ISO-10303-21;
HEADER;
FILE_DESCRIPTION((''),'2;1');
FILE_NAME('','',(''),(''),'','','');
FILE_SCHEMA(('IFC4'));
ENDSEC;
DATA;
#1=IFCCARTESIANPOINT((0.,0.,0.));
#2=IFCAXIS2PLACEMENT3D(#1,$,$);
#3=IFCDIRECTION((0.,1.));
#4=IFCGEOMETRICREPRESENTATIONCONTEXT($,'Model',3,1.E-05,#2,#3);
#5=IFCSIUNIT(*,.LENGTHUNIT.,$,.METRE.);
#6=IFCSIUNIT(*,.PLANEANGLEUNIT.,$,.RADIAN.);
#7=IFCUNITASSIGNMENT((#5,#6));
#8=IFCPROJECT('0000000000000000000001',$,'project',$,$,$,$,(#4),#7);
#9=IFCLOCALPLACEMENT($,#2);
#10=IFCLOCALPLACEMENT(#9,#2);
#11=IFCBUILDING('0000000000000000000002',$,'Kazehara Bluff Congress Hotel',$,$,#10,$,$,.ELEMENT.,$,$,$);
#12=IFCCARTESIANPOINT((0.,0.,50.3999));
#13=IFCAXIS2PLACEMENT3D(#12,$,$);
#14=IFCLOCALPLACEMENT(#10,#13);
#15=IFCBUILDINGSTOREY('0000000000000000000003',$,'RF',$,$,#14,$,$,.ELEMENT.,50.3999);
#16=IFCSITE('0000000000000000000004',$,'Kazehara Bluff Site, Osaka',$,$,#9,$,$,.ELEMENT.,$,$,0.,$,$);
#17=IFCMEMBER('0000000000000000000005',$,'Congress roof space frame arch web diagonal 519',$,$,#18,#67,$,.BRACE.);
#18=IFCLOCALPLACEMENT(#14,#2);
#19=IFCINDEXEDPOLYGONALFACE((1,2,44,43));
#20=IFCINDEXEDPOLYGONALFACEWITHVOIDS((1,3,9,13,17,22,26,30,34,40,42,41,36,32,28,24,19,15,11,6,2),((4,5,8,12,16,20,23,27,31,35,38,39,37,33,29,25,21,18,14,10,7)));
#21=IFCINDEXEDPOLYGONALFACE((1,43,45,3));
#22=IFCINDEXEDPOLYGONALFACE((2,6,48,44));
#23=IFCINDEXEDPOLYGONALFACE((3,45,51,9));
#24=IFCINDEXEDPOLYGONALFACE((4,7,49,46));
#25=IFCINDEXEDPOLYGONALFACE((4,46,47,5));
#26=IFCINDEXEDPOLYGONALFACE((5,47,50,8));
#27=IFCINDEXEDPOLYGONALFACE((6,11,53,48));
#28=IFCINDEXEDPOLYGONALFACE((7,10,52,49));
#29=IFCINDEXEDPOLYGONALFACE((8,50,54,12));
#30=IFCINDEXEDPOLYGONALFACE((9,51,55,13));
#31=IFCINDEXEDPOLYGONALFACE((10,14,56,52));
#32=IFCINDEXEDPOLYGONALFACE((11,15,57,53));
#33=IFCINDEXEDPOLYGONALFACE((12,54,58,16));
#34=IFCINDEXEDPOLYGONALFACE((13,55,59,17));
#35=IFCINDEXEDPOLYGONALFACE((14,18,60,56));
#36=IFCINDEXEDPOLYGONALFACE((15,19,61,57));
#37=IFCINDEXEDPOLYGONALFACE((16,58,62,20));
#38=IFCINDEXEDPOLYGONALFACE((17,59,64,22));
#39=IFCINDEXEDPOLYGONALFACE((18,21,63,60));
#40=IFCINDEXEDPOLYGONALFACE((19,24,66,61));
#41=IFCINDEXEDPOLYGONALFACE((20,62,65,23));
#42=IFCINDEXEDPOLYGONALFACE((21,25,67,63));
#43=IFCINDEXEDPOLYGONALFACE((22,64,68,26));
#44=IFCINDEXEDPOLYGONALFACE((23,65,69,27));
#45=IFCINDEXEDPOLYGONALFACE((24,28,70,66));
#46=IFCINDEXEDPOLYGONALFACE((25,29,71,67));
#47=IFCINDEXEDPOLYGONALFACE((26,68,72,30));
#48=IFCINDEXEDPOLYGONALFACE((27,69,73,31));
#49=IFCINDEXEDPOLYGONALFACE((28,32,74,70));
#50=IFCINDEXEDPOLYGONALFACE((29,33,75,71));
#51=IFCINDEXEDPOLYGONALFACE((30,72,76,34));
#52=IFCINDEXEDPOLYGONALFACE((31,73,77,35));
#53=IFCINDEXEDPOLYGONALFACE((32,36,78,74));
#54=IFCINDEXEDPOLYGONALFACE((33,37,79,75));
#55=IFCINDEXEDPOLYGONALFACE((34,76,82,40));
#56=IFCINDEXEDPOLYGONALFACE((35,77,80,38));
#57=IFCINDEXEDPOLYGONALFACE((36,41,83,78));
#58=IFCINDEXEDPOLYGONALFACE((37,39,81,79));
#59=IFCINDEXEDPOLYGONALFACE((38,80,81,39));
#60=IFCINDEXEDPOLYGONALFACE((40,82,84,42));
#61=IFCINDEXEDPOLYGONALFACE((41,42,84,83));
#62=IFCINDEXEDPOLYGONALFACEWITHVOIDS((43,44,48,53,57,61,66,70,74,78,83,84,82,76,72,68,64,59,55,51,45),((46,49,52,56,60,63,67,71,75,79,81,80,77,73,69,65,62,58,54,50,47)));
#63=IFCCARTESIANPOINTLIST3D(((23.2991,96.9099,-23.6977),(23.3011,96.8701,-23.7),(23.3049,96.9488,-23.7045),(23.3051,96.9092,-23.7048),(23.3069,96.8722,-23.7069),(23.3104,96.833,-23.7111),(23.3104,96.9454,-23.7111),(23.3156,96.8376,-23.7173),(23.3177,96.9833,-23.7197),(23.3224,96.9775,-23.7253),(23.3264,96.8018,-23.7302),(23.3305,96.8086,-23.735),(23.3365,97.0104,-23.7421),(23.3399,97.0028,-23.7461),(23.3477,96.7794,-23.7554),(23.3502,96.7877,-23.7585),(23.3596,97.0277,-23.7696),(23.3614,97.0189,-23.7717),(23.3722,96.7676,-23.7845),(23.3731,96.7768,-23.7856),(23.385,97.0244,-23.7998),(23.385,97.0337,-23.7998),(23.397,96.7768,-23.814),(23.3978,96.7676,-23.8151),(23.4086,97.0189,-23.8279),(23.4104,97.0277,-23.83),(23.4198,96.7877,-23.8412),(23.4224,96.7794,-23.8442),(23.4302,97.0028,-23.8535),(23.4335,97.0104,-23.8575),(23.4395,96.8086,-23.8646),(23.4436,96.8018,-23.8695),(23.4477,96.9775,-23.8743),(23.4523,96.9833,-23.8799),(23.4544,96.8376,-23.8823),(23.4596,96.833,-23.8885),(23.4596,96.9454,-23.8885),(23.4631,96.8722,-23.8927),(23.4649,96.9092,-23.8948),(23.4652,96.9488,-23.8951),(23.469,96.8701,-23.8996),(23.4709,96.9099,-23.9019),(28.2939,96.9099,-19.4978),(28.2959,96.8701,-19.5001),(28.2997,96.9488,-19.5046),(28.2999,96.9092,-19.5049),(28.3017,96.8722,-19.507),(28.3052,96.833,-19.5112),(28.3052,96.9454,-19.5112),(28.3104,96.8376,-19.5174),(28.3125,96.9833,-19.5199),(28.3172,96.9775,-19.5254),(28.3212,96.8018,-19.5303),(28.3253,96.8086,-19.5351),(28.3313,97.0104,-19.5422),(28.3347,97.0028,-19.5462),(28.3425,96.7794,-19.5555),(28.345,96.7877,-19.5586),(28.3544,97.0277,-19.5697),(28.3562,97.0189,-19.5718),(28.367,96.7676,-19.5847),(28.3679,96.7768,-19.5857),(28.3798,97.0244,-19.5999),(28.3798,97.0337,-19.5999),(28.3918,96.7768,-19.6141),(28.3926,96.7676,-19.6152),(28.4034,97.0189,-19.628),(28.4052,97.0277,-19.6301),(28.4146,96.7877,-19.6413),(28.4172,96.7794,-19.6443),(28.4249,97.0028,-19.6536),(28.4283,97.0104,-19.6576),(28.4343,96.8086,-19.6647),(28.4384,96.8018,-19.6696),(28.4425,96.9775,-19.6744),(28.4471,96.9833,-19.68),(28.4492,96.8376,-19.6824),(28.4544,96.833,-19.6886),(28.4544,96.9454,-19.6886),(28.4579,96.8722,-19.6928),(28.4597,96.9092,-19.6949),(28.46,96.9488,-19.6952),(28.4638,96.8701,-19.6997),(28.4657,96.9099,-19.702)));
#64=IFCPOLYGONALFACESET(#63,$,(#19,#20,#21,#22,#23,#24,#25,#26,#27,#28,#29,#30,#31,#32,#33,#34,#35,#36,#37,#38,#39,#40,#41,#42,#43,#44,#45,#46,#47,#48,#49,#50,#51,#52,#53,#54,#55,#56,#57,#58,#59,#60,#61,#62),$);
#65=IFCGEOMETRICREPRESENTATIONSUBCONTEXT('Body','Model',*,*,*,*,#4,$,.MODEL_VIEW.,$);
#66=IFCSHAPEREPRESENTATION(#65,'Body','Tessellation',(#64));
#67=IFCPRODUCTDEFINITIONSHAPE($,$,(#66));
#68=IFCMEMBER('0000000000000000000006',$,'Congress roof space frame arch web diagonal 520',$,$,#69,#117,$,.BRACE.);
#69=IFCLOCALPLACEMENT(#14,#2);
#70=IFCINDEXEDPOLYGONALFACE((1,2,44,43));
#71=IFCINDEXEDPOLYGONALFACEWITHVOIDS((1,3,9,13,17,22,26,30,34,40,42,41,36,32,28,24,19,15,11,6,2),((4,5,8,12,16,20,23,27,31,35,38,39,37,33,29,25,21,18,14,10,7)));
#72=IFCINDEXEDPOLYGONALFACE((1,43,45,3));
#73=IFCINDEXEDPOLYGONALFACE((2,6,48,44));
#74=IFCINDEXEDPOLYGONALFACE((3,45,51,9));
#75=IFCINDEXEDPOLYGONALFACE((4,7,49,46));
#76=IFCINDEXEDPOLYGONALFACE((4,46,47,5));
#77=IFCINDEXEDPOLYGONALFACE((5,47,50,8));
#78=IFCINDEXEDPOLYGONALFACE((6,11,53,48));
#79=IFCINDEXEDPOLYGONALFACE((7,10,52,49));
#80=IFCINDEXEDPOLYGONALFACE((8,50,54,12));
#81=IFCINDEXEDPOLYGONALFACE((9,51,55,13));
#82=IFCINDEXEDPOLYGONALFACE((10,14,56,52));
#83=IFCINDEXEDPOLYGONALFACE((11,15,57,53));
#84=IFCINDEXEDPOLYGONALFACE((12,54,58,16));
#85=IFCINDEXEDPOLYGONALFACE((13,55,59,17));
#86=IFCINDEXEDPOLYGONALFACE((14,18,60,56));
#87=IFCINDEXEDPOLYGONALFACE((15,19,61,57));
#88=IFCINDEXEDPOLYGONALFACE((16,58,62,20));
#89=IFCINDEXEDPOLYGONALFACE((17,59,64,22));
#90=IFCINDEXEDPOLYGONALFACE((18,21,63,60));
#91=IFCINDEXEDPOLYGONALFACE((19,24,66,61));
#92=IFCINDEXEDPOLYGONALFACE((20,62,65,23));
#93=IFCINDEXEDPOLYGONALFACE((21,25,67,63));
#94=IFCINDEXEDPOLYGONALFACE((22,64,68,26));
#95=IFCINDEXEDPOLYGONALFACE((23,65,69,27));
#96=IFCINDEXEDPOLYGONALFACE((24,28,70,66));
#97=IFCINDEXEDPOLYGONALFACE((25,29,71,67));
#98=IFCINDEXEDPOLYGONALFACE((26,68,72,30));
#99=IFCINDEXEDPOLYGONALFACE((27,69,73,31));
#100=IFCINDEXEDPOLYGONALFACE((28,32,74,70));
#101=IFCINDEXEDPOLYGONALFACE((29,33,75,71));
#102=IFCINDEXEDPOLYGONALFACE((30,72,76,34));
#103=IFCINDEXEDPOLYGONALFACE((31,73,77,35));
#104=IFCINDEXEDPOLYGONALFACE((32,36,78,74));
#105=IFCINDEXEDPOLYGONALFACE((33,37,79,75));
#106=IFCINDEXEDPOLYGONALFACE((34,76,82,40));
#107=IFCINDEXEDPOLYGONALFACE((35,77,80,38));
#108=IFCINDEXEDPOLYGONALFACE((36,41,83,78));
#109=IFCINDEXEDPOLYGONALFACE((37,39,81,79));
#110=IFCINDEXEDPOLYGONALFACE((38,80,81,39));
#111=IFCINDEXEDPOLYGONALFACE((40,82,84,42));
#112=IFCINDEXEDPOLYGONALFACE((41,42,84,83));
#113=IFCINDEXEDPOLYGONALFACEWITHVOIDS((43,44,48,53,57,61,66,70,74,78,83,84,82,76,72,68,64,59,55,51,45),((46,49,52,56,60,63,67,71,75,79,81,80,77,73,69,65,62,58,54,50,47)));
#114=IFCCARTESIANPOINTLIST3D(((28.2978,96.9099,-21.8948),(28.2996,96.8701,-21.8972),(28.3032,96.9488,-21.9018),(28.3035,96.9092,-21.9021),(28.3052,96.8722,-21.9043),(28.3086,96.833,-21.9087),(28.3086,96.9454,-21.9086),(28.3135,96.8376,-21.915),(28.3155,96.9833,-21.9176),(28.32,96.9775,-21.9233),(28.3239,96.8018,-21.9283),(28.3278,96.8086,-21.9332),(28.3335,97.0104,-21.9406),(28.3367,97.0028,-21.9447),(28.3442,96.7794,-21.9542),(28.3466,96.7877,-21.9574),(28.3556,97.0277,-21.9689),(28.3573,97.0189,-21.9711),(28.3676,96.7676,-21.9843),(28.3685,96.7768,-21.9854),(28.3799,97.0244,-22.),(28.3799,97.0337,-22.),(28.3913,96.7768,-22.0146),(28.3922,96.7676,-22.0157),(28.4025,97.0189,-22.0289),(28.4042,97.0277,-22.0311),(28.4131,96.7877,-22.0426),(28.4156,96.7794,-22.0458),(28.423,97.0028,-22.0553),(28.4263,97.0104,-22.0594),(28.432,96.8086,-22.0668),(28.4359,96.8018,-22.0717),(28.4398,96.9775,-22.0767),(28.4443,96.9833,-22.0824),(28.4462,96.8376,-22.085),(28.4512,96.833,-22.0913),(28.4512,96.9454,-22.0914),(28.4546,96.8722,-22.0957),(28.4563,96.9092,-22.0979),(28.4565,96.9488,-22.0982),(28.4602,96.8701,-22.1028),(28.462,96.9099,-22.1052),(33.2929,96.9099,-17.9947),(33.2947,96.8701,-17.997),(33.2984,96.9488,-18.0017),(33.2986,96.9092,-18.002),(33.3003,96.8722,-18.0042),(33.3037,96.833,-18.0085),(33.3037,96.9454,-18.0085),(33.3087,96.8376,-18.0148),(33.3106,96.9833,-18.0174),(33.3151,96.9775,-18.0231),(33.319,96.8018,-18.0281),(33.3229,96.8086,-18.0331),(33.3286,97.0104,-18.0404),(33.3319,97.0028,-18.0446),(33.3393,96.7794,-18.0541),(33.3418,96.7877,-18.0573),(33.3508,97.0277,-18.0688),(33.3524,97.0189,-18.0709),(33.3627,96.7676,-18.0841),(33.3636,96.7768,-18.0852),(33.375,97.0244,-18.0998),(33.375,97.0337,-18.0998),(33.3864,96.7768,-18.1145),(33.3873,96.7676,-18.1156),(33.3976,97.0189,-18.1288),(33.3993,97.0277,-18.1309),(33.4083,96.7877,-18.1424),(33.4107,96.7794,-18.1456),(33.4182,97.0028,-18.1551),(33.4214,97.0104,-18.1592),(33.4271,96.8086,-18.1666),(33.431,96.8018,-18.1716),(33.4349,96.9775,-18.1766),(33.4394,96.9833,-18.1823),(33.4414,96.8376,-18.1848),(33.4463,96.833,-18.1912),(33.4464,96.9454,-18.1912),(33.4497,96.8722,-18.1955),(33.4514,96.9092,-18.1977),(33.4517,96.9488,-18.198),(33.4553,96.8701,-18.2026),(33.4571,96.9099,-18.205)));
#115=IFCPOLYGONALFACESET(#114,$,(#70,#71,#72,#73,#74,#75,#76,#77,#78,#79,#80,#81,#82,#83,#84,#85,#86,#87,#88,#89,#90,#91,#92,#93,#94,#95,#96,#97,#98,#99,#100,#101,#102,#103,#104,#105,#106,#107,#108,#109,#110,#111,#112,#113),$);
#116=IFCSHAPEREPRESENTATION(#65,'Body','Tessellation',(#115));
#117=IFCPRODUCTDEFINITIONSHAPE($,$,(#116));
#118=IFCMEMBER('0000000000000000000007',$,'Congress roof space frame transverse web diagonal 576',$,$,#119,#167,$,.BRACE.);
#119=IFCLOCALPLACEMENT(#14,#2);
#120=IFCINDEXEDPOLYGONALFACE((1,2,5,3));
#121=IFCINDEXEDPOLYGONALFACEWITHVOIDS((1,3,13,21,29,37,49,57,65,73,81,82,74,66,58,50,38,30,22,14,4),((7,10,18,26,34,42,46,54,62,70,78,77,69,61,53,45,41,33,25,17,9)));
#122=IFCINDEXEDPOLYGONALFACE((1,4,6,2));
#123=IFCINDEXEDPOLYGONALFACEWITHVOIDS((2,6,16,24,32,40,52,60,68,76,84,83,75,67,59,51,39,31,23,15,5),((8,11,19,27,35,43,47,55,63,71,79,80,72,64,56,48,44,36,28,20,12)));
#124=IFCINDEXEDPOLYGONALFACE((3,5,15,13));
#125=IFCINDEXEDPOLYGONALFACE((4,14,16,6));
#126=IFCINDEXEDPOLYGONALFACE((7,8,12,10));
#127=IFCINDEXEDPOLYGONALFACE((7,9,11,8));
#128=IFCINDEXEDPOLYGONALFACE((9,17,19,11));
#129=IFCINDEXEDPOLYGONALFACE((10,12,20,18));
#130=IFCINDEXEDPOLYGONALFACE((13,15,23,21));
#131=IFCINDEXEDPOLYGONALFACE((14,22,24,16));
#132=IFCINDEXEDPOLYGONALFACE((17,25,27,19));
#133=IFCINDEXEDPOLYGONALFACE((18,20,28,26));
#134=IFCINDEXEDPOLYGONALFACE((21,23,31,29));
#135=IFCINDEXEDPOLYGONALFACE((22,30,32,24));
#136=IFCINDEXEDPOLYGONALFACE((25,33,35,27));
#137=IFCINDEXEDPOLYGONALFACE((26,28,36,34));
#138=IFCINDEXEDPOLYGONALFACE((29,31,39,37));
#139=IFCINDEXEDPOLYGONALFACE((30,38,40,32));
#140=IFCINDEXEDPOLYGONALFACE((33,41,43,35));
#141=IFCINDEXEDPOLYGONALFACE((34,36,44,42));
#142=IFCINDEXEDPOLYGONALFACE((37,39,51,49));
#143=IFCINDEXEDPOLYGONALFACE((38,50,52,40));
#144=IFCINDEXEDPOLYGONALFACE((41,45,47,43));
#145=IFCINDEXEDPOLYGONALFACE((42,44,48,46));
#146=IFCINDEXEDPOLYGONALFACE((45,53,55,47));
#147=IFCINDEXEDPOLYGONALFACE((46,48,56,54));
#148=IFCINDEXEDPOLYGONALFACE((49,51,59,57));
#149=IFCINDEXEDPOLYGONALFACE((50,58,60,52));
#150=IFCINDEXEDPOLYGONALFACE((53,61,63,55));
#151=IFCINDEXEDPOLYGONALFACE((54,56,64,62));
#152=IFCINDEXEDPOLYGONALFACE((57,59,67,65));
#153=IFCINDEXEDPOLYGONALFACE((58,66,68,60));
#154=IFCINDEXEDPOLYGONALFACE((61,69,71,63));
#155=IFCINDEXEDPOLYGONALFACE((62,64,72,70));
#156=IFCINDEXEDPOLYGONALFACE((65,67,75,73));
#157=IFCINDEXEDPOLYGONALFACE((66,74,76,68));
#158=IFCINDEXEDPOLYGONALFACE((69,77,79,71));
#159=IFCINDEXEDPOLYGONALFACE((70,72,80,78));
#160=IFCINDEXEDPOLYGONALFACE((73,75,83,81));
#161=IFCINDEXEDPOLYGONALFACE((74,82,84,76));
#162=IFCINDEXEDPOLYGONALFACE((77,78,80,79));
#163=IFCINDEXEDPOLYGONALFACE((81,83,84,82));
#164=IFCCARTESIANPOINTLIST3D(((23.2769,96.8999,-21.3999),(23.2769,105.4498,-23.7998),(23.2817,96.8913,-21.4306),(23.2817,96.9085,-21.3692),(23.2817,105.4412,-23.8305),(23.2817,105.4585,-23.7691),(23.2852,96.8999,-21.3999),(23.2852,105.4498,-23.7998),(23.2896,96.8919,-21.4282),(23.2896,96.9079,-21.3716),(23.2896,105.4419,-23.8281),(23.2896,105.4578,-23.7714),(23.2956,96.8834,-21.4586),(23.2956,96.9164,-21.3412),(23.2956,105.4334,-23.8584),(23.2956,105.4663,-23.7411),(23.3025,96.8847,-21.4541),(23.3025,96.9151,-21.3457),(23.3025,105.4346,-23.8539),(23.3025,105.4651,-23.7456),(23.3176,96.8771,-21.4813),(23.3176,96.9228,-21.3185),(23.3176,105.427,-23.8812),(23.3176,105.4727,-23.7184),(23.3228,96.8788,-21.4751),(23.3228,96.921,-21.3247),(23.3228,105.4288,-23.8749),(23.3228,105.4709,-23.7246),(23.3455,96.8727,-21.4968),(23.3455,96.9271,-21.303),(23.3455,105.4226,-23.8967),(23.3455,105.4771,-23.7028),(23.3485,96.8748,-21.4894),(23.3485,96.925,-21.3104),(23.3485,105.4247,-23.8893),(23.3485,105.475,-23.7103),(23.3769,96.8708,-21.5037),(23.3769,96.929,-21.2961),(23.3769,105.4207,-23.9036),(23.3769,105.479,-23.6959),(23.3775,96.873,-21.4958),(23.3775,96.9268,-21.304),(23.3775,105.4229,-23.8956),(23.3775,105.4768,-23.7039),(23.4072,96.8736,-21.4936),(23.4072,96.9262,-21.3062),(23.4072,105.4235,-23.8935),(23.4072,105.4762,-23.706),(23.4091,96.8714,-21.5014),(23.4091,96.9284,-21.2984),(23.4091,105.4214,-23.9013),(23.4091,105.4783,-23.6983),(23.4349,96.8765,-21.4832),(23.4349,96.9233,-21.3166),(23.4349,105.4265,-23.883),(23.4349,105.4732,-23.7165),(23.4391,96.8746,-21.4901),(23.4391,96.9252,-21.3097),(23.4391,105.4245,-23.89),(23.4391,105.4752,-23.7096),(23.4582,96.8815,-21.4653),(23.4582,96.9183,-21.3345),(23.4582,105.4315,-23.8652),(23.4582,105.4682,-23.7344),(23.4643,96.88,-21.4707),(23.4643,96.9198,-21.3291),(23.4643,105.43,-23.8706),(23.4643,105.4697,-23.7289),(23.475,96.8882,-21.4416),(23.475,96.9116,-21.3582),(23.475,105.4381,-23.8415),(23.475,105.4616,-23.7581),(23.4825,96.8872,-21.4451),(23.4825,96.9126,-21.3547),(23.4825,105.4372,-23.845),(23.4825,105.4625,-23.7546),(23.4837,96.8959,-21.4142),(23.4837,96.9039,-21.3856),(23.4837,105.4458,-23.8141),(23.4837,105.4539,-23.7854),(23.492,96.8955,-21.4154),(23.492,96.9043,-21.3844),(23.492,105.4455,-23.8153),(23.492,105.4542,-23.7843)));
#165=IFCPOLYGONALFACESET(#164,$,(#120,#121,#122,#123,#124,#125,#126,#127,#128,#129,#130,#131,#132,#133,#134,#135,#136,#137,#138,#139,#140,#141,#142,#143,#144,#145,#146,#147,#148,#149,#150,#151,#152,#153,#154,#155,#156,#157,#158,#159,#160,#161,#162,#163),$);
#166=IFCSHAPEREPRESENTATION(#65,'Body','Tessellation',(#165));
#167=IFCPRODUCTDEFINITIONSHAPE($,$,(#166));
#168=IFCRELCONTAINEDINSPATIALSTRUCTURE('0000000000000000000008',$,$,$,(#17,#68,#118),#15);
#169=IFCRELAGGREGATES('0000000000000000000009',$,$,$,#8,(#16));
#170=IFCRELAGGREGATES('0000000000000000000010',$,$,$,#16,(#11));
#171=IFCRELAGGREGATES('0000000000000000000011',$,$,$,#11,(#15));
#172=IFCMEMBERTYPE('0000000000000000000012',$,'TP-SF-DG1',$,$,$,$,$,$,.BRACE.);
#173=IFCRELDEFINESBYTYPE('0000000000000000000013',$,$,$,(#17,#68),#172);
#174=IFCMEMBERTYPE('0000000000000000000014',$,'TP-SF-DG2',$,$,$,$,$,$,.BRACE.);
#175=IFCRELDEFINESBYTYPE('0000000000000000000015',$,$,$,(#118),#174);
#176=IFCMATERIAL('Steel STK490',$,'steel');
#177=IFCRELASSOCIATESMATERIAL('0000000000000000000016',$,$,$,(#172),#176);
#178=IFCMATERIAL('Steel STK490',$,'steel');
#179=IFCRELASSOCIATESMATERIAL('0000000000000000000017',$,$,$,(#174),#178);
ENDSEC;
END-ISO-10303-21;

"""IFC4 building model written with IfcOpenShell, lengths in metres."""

from ifc_helpers import new_model, si_unit, direction, frame, origin, origin_2d, place, context, subcontext, project, spatial, hollow_circle, extrude, material, material_profile, profile_set, type_object, element, save


model = new_model("IFC4")

# Units and contexts
model_context = context("Model", 3, precision=1e-05, world=origin(), true_north=direction((0.0, 1.0)))
body_context = subcontext(model_context, "Body", "Model", "MODEL_VIEW")
ifc_project = project(units=[si_unit("LENGTHUNIT", "METRE"), si_unit("PLANEANGLEUNIT", "RADIAN")], contexts=[model_context])

# Site, building, storey
site_placement = place(None, origin())
site = spatial("IfcSite", under=ifc_project, at=site_placement, Name="Kazehara Bluff Site, Osaka", CompositionType="ELEMENT", RefElevation=0.0)
building_placement = place(site_placement, origin())
building = spatial("IfcBuilding", under=site, at=building_placement, Name="Kazehara Bluff Congress Hotel", CompositionType="ELEMENT")
storey_placement = place(building_placement, frame((0.0, 0.0, 50.3999)))
storey = spatial("IfcBuildingStorey", under=building, at=storey_placement, Name="RF", CompositionType="ELEMENT", Elevation=50.3999)

# Members
ifc_material_1 = material(Name="Steel STK490", Category="steel")
ifc_material_profile_1 = material_profile(ifc_material_1, hollow_circle(Radius=0.1338, WallThickness=0.0093, at=origin_2d()))
ifc_profile_set_1 = profile_set([ifc_material_profile_1], Name="Steel STK490")
member_type_1 = type_object("IfcMemberType", Name="TP-SF-DG1", PredefinedType="BRACE", material=ifc_profile_set_1)
member_1_placement = place(storey_placement, frame((23.385, 96.8999, -23.7998), z_axis=(0.765383, 0.0, 0.643575), x_axis=(0.0, 1.0, 0.0)))
element("IfcMember", 1, at=member_1_placement, inside=storey, type_object=member_type_1, Name="Congress roof space frame arch web diagonal 519", PredefinedType="BRACE", context=body_context, shape_type="SweptSolid", body=[
    extrude(hollow_circle(Radius=0.1338, WallThickness=0.0093, at=origin_2d()), origin(), (0.0, 0.0, 1.0), 6.5259),
])
member_2_placement = place(storey_placement, frame((28.3799, 96.8999, -22.0), z_axis=(0.7882, 0.0, 0.61542), x_axis=(0.0, 1.0, 0.0)))
element("IfcMember", 2, at=member_2_placement, inside=storey, type_object=member_type_1, Name="Congress roof space frame arch web diagonal 520", PredefinedType="BRACE", context=body_context, shape_type="SweptSolid", body=[
    extrude(hollow_circle(Radius=0.1338, WallThickness=0.0093, at=origin_2d()), origin(), (0.0, 0.0, 1.0), 6.3374),
])
ifc_material_2 = material(Name="Steel STK490", Category="steel")
ifc_material_profile_2 = material_profile(ifc_material_2, hollow_circle(Radius=0.1082, WallThickness=0.0083, at=origin_2d()))
ifc_profile_set_2 = profile_set([ifc_material_profile_2], Name="Steel STK490")
member_type_2 = type_object("IfcMemberType", Name="TP-SF-DG2", PredefinedType="BRACE", material=ifc_profile_set_2)
member_3_placement = place(storey_placement, frame((23.385, 96.8999, -21.3999), z_axis=(0.0, 0.962792, -0.270245), x_axis=(-1.0, 0.0, 0.0)))
element("IfcMember", 3, at=member_3_placement, inside=storey, type_object=member_type_2, Name="Congress roof space frame transverse web diagonal 576", PredefinedType="BRACE", context=body_context, shape_type="SweptSolid", body=[
    extrude(hollow_circle(Radius=0.1082, WallThickness=0.0083, at=origin_2d()), origin(), (0.0, 0.0, 1.0), 8.8804),
])

save(model, "model.ifc")
